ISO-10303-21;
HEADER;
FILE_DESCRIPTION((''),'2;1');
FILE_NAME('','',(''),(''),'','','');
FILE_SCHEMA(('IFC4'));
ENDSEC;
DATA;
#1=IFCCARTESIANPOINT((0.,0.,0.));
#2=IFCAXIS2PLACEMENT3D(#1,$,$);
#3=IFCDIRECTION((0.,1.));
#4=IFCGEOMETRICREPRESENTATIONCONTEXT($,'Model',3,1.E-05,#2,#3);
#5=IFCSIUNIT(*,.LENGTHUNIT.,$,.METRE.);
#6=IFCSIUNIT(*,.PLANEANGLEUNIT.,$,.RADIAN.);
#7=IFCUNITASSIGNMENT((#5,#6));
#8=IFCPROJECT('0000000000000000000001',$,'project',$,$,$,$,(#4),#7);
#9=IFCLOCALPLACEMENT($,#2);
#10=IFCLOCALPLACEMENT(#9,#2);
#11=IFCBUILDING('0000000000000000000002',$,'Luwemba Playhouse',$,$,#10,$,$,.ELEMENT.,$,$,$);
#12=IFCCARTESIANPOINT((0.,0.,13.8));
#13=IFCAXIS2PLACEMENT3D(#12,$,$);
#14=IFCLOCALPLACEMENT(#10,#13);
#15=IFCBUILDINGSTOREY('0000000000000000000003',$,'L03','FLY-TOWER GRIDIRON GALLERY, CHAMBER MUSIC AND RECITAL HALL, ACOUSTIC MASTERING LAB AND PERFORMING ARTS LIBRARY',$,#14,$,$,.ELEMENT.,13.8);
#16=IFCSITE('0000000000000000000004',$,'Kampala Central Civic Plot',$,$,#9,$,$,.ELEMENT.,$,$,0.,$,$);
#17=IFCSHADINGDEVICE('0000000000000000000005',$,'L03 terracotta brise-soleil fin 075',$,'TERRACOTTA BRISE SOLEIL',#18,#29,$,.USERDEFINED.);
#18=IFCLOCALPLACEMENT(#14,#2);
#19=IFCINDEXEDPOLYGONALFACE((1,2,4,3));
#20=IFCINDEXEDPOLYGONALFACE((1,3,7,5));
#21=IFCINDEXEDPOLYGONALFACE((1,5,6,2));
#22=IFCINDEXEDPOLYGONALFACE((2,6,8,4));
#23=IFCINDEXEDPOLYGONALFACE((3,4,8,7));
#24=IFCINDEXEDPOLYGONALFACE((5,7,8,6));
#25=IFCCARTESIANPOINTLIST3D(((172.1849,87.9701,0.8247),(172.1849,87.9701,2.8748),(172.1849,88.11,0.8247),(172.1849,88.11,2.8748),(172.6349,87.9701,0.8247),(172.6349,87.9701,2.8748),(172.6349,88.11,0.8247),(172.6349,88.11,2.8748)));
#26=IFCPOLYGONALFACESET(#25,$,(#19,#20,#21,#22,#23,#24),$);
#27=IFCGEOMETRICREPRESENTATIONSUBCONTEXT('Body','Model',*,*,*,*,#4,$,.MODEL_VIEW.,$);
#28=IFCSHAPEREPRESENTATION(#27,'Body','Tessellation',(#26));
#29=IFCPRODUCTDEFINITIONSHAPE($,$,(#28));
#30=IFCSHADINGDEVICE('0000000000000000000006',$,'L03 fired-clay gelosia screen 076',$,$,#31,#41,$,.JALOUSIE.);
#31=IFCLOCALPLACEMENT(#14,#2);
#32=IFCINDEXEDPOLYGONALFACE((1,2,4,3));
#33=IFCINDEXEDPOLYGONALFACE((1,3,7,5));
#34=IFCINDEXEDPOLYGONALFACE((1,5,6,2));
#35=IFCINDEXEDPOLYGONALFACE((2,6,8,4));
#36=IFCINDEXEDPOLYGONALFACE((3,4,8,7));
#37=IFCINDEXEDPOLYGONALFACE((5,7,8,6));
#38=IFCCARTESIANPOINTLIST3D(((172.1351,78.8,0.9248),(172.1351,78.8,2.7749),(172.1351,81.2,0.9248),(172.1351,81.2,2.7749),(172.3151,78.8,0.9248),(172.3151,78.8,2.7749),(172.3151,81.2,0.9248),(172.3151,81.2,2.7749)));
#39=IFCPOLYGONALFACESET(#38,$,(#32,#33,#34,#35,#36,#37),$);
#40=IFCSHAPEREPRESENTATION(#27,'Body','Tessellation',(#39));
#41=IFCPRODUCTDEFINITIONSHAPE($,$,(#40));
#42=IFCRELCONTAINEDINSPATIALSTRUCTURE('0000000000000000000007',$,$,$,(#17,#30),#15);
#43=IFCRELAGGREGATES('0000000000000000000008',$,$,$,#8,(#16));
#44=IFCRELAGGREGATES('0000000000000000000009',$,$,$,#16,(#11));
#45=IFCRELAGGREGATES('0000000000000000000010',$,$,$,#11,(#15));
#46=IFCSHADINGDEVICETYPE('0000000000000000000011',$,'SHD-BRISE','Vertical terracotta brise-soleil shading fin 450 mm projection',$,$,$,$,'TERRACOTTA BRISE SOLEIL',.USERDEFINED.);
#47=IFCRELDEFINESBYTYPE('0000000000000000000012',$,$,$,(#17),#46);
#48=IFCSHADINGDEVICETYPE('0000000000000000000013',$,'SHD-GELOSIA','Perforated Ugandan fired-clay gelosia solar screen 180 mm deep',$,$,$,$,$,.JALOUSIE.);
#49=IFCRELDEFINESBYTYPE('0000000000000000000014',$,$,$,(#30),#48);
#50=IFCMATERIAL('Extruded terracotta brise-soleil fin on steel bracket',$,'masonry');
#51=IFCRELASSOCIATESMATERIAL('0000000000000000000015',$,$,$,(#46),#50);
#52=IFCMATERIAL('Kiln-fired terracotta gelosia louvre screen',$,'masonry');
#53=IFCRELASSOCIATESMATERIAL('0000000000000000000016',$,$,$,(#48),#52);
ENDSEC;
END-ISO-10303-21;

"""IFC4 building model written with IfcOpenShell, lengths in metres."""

from ifc_helpers import new_model, si_unit, direction, frame, origin, origin_2d, place, context, subcontext, project, spatial, rectangle, extrude, material, type_object, element, save


model = new_model("IFC4")

# Units and contexts
model_context = context("Model", 3, precision=1e-05, world=origin(), true_north=direction((0.0, 1.0)))
body_context = subcontext(model_context, "Body", "Model", "MODEL_VIEW")
ifc_project = project(units=[si_unit("LENGTHUNIT", "METRE"), si_unit("PLANEANGLEUNIT", "RADIAN")], contexts=[model_context])

# Site, building, storey
site_placement = place(None, origin())
site = spatial("IfcSite", under=ifc_project, at=site_placement, Name="Kampala Central Civic Plot", CompositionType="ELEMENT", RefElevation=0.0)
building_placement = place(site_placement, origin())
building = spatial("IfcBuilding", under=site, at=building_placement, Name="Luwemba Playhouse", CompositionType="ELEMENT")
storey_placement = place(building_placement, frame((0.0, 0.0, 13.8)))
storey = spatial("IfcBuildingStorey", under=building, at=storey_placement, Name="L03", Description="FLY-TOWER GRIDIRON GALLERY, CHAMBER MUSIC AND RECITAL HALL, ACOUSTIC MASTERING LAB AND PERFORMING ARTS LIBRARY", CompositionType="ELEMENT", Elevation=13.8)

# Shading devices
ifc_material_1 = material(Name="Extruded terracotta brise-soleil fin on steel bracket", Category="masonry")
shading_device_type_1 = type_object("IfcShadingDeviceType", Name="SHD-BRISE", Description="Vertical terracotta brise-soleil shading fin 450 mm projection", ElementType="TERRACOTTA BRISE SOLEIL", PredefinedType="USERDEFINED", material=ifc_material_1)
shading_device_1_placement = place(storey_placement, frame((172.4099, 88.04, 0.8247), z_axis=(0.0, 0.0, 1.0), x_axis=(0.0, -1.0, 0.0)))
element("IfcShadingDevice", 1, at=shading_device_1_placement, inside=storey, type_object=shading_device_type_1, Name="L03 terracotta brise-soleil fin 075", ObjectType="TERRACOTTA BRISE SOLEIL", PredefinedType="USERDEFINED", context=body_context, shape_type="SweptSolid", body=[
    extrude(rectangle(XDim=0.1399, YDim=0.45, at=origin_2d()), origin(), (0.0, 0.0, 1.0), 2.05),
])
ifc_material_2 = material(Name="Kiln-fired terracotta gelosia louvre screen", Category="masonry")
shading_device_type_2 = type_object("IfcShadingDeviceType", Name="SHD-GELOSIA", Description="Perforated Ugandan fired-clay gelosia solar screen 180 mm deep", PredefinedType="JALOUSIE", material=ifc_material_2)
shading_device_2_placement = place(storey_placement, frame((172.2251, 80.0, 0.9248), z_axis=(0.0, 0.0, 1.0), x_axis=(0.0, -1.0, 0.0)))
element("IfcShadingDevice", 2, at=shading_device_2_placement, inside=storey, type_object=shading_device_type_2, Name="L03 fired-clay gelosia screen 076", PredefinedType="JALOUSIE", context=body_context, shape_type="SweptSolid", body=[
    extrude(rectangle(XDim=2.3999, YDim=0.1799, at=origin_2d()), origin(), (0.0, 0.0, 1.0), 1.8501),
])

save(model, "model.ifc")
